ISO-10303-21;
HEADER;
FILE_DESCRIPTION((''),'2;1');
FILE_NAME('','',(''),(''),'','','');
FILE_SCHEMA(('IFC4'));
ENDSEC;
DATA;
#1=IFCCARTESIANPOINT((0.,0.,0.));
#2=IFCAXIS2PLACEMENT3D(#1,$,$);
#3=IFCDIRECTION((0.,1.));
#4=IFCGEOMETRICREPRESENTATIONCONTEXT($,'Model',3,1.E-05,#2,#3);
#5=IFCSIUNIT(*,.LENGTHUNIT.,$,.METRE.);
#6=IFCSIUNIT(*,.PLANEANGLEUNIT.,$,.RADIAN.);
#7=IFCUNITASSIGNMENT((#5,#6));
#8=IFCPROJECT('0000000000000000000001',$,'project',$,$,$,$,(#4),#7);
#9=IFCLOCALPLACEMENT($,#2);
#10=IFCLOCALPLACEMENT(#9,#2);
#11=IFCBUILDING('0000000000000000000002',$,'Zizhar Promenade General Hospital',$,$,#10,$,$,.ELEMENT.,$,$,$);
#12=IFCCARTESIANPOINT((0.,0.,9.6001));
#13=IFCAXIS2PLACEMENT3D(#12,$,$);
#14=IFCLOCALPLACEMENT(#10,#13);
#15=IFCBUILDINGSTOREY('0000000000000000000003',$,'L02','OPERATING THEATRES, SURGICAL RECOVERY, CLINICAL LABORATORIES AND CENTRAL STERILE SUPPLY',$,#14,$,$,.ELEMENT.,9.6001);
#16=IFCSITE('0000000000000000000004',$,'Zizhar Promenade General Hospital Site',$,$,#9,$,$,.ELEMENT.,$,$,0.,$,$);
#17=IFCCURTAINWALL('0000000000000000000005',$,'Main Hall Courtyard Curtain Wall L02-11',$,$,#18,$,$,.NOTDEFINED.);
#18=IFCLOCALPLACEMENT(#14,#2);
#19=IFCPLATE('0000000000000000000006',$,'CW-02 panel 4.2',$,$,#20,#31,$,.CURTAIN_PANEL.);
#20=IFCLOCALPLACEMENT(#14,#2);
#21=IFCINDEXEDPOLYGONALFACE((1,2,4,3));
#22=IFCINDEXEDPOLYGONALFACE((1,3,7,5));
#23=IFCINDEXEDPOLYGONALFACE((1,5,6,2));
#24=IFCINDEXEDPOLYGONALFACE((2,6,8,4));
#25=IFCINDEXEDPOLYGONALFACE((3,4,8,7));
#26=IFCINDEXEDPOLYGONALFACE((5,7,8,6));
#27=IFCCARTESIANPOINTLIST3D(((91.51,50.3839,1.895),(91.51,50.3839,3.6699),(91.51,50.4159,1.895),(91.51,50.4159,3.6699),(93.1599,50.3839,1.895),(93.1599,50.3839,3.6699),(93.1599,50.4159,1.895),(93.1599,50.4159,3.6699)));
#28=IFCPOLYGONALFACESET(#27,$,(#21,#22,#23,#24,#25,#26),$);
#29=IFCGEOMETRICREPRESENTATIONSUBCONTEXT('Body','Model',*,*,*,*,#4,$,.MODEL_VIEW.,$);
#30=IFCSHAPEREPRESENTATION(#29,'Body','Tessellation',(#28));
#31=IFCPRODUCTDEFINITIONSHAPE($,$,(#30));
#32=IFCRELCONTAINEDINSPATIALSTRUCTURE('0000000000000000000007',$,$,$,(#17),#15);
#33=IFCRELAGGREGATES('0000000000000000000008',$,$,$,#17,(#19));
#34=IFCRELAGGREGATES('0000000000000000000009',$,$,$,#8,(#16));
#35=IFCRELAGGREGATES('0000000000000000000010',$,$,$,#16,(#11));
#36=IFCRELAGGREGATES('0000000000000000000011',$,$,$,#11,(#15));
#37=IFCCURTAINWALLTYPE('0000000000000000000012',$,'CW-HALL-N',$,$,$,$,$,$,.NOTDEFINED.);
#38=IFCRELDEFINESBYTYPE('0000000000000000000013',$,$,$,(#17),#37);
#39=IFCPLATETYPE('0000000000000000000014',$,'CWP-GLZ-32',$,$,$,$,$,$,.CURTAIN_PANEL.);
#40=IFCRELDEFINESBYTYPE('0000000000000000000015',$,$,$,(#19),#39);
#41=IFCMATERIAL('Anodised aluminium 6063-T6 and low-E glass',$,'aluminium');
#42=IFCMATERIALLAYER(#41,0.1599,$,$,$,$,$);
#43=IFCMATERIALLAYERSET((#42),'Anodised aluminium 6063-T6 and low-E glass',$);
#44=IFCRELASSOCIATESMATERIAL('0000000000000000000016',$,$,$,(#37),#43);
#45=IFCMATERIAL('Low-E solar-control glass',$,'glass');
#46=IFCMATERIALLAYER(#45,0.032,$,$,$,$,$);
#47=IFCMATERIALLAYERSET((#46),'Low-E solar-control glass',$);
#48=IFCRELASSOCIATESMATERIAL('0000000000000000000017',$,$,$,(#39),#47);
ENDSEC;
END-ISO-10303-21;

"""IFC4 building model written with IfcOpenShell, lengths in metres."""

from ifc_helpers import new_model, si_unit, direction, frame, origin, origin_2d, place, context, subcontext, project, spatial, rectangle, extrude, material, layer, layer_set, type_object, element, aggregate, save


model = new_model("IFC4")

# Units and contexts
model_context = context("Model", 3, precision=1e-05, world=origin(), true_north=direction((0.0, 1.0)))
body_context = subcontext(model_context, "Body", "Model", "MODEL_VIEW")
ifc_project = project(units=[si_unit("LENGTHUNIT", "METRE"), si_unit("PLANEANGLEUNIT", "RADIAN")], contexts=[model_context])

# Site, building, storey
site_placement = place(None, origin())
site = spatial("IfcSite", under=ifc_project, at=site_placement, Name="Zizhar Promenade General Hospital Site", CompositionType="ELEMENT", RefElevation=0.0)
building_placement = place(site_placement, origin())
building = spatial("IfcBuilding", under=site, at=building_placement, Name="Zizhar Promenade General Hospital", CompositionType="ELEMENT")
storey_placement = place(building_placement, frame((0.0, 0.0, 9.6001)))
storey = spatial("IfcBuildingStorey", under=building, at=storey_placement, Name="L02", Description="OPERATING THEATRES, SURGICAL RECOVERY, CLINICAL LABORATORIES AND CENTRAL STERILE SUPPLY", CompositionType="ELEMENT", Elevation=9.6001)

# Curtain wall, plate
ifc_material_1 = material(Name="Anodised aluminium 6063-T6 and low-E glass", Category="aluminium")
ifc_layer_1 = layer(ifc_material_1, 0.1599)
ifc_layer_set_1 = layer_set([ifc_layer_1], Name="Anodised aluminium 6063-T6 and low-E glass")
curtain_wall_type = type_object("IfcCurtainWallType", Name="CW-HALL-N", PredefinedType="NOTDEFINED", material=ifc_layer_set_1)
curtain_wall_placement = place(storey_placement, origin())
curtain_wall = element("IfcCurtainWall", 1, at=curtain_wall_placement, inside=storey, type_object=curtain_wall_type, Name="Main Hall Courtyard Curtain Wall L02-11", PredefinedType="NOTDEFINED")
ifc_material_2 = material(Name="Low-E solar-control glass", Category="glass")
ifc_layer_2 = layer(ifc_material_2, 0.032)
ifc_layer_set_2 = layer_set([ifc_layer_2], Name="Low-E solar-control glass")
plate_type = type_object("IfcPlateType", Name="CWP-GLZ-32", PredefinedType="CURTAIN_PANEL", material=ifc_layer_set_2)
plate_1_placement = place(storey_placement, frame((92.335, 50.3999, 1.895), z_axis=(0.0, 0.0, 1.0), x_axis=(1.0, 0.0, 0.0)))
plate_1 = element("IfcPlate", 2, at=plate_1_placement, type_object=plate_type, Name="CW-02 panel 4.2", PredefinedType="CURTAIN_PANEL", context=body_context, shape_type="SweptSolid", body=[
    extrude(rectangle(XDim=1.6499, YDim=0.032, at=origin_2d()), origin(), (0.0, 0.0, 1.0), 1.7749),
])
aggregate(curtain_wall, [plate_1])

save(model, "model.ifc")
